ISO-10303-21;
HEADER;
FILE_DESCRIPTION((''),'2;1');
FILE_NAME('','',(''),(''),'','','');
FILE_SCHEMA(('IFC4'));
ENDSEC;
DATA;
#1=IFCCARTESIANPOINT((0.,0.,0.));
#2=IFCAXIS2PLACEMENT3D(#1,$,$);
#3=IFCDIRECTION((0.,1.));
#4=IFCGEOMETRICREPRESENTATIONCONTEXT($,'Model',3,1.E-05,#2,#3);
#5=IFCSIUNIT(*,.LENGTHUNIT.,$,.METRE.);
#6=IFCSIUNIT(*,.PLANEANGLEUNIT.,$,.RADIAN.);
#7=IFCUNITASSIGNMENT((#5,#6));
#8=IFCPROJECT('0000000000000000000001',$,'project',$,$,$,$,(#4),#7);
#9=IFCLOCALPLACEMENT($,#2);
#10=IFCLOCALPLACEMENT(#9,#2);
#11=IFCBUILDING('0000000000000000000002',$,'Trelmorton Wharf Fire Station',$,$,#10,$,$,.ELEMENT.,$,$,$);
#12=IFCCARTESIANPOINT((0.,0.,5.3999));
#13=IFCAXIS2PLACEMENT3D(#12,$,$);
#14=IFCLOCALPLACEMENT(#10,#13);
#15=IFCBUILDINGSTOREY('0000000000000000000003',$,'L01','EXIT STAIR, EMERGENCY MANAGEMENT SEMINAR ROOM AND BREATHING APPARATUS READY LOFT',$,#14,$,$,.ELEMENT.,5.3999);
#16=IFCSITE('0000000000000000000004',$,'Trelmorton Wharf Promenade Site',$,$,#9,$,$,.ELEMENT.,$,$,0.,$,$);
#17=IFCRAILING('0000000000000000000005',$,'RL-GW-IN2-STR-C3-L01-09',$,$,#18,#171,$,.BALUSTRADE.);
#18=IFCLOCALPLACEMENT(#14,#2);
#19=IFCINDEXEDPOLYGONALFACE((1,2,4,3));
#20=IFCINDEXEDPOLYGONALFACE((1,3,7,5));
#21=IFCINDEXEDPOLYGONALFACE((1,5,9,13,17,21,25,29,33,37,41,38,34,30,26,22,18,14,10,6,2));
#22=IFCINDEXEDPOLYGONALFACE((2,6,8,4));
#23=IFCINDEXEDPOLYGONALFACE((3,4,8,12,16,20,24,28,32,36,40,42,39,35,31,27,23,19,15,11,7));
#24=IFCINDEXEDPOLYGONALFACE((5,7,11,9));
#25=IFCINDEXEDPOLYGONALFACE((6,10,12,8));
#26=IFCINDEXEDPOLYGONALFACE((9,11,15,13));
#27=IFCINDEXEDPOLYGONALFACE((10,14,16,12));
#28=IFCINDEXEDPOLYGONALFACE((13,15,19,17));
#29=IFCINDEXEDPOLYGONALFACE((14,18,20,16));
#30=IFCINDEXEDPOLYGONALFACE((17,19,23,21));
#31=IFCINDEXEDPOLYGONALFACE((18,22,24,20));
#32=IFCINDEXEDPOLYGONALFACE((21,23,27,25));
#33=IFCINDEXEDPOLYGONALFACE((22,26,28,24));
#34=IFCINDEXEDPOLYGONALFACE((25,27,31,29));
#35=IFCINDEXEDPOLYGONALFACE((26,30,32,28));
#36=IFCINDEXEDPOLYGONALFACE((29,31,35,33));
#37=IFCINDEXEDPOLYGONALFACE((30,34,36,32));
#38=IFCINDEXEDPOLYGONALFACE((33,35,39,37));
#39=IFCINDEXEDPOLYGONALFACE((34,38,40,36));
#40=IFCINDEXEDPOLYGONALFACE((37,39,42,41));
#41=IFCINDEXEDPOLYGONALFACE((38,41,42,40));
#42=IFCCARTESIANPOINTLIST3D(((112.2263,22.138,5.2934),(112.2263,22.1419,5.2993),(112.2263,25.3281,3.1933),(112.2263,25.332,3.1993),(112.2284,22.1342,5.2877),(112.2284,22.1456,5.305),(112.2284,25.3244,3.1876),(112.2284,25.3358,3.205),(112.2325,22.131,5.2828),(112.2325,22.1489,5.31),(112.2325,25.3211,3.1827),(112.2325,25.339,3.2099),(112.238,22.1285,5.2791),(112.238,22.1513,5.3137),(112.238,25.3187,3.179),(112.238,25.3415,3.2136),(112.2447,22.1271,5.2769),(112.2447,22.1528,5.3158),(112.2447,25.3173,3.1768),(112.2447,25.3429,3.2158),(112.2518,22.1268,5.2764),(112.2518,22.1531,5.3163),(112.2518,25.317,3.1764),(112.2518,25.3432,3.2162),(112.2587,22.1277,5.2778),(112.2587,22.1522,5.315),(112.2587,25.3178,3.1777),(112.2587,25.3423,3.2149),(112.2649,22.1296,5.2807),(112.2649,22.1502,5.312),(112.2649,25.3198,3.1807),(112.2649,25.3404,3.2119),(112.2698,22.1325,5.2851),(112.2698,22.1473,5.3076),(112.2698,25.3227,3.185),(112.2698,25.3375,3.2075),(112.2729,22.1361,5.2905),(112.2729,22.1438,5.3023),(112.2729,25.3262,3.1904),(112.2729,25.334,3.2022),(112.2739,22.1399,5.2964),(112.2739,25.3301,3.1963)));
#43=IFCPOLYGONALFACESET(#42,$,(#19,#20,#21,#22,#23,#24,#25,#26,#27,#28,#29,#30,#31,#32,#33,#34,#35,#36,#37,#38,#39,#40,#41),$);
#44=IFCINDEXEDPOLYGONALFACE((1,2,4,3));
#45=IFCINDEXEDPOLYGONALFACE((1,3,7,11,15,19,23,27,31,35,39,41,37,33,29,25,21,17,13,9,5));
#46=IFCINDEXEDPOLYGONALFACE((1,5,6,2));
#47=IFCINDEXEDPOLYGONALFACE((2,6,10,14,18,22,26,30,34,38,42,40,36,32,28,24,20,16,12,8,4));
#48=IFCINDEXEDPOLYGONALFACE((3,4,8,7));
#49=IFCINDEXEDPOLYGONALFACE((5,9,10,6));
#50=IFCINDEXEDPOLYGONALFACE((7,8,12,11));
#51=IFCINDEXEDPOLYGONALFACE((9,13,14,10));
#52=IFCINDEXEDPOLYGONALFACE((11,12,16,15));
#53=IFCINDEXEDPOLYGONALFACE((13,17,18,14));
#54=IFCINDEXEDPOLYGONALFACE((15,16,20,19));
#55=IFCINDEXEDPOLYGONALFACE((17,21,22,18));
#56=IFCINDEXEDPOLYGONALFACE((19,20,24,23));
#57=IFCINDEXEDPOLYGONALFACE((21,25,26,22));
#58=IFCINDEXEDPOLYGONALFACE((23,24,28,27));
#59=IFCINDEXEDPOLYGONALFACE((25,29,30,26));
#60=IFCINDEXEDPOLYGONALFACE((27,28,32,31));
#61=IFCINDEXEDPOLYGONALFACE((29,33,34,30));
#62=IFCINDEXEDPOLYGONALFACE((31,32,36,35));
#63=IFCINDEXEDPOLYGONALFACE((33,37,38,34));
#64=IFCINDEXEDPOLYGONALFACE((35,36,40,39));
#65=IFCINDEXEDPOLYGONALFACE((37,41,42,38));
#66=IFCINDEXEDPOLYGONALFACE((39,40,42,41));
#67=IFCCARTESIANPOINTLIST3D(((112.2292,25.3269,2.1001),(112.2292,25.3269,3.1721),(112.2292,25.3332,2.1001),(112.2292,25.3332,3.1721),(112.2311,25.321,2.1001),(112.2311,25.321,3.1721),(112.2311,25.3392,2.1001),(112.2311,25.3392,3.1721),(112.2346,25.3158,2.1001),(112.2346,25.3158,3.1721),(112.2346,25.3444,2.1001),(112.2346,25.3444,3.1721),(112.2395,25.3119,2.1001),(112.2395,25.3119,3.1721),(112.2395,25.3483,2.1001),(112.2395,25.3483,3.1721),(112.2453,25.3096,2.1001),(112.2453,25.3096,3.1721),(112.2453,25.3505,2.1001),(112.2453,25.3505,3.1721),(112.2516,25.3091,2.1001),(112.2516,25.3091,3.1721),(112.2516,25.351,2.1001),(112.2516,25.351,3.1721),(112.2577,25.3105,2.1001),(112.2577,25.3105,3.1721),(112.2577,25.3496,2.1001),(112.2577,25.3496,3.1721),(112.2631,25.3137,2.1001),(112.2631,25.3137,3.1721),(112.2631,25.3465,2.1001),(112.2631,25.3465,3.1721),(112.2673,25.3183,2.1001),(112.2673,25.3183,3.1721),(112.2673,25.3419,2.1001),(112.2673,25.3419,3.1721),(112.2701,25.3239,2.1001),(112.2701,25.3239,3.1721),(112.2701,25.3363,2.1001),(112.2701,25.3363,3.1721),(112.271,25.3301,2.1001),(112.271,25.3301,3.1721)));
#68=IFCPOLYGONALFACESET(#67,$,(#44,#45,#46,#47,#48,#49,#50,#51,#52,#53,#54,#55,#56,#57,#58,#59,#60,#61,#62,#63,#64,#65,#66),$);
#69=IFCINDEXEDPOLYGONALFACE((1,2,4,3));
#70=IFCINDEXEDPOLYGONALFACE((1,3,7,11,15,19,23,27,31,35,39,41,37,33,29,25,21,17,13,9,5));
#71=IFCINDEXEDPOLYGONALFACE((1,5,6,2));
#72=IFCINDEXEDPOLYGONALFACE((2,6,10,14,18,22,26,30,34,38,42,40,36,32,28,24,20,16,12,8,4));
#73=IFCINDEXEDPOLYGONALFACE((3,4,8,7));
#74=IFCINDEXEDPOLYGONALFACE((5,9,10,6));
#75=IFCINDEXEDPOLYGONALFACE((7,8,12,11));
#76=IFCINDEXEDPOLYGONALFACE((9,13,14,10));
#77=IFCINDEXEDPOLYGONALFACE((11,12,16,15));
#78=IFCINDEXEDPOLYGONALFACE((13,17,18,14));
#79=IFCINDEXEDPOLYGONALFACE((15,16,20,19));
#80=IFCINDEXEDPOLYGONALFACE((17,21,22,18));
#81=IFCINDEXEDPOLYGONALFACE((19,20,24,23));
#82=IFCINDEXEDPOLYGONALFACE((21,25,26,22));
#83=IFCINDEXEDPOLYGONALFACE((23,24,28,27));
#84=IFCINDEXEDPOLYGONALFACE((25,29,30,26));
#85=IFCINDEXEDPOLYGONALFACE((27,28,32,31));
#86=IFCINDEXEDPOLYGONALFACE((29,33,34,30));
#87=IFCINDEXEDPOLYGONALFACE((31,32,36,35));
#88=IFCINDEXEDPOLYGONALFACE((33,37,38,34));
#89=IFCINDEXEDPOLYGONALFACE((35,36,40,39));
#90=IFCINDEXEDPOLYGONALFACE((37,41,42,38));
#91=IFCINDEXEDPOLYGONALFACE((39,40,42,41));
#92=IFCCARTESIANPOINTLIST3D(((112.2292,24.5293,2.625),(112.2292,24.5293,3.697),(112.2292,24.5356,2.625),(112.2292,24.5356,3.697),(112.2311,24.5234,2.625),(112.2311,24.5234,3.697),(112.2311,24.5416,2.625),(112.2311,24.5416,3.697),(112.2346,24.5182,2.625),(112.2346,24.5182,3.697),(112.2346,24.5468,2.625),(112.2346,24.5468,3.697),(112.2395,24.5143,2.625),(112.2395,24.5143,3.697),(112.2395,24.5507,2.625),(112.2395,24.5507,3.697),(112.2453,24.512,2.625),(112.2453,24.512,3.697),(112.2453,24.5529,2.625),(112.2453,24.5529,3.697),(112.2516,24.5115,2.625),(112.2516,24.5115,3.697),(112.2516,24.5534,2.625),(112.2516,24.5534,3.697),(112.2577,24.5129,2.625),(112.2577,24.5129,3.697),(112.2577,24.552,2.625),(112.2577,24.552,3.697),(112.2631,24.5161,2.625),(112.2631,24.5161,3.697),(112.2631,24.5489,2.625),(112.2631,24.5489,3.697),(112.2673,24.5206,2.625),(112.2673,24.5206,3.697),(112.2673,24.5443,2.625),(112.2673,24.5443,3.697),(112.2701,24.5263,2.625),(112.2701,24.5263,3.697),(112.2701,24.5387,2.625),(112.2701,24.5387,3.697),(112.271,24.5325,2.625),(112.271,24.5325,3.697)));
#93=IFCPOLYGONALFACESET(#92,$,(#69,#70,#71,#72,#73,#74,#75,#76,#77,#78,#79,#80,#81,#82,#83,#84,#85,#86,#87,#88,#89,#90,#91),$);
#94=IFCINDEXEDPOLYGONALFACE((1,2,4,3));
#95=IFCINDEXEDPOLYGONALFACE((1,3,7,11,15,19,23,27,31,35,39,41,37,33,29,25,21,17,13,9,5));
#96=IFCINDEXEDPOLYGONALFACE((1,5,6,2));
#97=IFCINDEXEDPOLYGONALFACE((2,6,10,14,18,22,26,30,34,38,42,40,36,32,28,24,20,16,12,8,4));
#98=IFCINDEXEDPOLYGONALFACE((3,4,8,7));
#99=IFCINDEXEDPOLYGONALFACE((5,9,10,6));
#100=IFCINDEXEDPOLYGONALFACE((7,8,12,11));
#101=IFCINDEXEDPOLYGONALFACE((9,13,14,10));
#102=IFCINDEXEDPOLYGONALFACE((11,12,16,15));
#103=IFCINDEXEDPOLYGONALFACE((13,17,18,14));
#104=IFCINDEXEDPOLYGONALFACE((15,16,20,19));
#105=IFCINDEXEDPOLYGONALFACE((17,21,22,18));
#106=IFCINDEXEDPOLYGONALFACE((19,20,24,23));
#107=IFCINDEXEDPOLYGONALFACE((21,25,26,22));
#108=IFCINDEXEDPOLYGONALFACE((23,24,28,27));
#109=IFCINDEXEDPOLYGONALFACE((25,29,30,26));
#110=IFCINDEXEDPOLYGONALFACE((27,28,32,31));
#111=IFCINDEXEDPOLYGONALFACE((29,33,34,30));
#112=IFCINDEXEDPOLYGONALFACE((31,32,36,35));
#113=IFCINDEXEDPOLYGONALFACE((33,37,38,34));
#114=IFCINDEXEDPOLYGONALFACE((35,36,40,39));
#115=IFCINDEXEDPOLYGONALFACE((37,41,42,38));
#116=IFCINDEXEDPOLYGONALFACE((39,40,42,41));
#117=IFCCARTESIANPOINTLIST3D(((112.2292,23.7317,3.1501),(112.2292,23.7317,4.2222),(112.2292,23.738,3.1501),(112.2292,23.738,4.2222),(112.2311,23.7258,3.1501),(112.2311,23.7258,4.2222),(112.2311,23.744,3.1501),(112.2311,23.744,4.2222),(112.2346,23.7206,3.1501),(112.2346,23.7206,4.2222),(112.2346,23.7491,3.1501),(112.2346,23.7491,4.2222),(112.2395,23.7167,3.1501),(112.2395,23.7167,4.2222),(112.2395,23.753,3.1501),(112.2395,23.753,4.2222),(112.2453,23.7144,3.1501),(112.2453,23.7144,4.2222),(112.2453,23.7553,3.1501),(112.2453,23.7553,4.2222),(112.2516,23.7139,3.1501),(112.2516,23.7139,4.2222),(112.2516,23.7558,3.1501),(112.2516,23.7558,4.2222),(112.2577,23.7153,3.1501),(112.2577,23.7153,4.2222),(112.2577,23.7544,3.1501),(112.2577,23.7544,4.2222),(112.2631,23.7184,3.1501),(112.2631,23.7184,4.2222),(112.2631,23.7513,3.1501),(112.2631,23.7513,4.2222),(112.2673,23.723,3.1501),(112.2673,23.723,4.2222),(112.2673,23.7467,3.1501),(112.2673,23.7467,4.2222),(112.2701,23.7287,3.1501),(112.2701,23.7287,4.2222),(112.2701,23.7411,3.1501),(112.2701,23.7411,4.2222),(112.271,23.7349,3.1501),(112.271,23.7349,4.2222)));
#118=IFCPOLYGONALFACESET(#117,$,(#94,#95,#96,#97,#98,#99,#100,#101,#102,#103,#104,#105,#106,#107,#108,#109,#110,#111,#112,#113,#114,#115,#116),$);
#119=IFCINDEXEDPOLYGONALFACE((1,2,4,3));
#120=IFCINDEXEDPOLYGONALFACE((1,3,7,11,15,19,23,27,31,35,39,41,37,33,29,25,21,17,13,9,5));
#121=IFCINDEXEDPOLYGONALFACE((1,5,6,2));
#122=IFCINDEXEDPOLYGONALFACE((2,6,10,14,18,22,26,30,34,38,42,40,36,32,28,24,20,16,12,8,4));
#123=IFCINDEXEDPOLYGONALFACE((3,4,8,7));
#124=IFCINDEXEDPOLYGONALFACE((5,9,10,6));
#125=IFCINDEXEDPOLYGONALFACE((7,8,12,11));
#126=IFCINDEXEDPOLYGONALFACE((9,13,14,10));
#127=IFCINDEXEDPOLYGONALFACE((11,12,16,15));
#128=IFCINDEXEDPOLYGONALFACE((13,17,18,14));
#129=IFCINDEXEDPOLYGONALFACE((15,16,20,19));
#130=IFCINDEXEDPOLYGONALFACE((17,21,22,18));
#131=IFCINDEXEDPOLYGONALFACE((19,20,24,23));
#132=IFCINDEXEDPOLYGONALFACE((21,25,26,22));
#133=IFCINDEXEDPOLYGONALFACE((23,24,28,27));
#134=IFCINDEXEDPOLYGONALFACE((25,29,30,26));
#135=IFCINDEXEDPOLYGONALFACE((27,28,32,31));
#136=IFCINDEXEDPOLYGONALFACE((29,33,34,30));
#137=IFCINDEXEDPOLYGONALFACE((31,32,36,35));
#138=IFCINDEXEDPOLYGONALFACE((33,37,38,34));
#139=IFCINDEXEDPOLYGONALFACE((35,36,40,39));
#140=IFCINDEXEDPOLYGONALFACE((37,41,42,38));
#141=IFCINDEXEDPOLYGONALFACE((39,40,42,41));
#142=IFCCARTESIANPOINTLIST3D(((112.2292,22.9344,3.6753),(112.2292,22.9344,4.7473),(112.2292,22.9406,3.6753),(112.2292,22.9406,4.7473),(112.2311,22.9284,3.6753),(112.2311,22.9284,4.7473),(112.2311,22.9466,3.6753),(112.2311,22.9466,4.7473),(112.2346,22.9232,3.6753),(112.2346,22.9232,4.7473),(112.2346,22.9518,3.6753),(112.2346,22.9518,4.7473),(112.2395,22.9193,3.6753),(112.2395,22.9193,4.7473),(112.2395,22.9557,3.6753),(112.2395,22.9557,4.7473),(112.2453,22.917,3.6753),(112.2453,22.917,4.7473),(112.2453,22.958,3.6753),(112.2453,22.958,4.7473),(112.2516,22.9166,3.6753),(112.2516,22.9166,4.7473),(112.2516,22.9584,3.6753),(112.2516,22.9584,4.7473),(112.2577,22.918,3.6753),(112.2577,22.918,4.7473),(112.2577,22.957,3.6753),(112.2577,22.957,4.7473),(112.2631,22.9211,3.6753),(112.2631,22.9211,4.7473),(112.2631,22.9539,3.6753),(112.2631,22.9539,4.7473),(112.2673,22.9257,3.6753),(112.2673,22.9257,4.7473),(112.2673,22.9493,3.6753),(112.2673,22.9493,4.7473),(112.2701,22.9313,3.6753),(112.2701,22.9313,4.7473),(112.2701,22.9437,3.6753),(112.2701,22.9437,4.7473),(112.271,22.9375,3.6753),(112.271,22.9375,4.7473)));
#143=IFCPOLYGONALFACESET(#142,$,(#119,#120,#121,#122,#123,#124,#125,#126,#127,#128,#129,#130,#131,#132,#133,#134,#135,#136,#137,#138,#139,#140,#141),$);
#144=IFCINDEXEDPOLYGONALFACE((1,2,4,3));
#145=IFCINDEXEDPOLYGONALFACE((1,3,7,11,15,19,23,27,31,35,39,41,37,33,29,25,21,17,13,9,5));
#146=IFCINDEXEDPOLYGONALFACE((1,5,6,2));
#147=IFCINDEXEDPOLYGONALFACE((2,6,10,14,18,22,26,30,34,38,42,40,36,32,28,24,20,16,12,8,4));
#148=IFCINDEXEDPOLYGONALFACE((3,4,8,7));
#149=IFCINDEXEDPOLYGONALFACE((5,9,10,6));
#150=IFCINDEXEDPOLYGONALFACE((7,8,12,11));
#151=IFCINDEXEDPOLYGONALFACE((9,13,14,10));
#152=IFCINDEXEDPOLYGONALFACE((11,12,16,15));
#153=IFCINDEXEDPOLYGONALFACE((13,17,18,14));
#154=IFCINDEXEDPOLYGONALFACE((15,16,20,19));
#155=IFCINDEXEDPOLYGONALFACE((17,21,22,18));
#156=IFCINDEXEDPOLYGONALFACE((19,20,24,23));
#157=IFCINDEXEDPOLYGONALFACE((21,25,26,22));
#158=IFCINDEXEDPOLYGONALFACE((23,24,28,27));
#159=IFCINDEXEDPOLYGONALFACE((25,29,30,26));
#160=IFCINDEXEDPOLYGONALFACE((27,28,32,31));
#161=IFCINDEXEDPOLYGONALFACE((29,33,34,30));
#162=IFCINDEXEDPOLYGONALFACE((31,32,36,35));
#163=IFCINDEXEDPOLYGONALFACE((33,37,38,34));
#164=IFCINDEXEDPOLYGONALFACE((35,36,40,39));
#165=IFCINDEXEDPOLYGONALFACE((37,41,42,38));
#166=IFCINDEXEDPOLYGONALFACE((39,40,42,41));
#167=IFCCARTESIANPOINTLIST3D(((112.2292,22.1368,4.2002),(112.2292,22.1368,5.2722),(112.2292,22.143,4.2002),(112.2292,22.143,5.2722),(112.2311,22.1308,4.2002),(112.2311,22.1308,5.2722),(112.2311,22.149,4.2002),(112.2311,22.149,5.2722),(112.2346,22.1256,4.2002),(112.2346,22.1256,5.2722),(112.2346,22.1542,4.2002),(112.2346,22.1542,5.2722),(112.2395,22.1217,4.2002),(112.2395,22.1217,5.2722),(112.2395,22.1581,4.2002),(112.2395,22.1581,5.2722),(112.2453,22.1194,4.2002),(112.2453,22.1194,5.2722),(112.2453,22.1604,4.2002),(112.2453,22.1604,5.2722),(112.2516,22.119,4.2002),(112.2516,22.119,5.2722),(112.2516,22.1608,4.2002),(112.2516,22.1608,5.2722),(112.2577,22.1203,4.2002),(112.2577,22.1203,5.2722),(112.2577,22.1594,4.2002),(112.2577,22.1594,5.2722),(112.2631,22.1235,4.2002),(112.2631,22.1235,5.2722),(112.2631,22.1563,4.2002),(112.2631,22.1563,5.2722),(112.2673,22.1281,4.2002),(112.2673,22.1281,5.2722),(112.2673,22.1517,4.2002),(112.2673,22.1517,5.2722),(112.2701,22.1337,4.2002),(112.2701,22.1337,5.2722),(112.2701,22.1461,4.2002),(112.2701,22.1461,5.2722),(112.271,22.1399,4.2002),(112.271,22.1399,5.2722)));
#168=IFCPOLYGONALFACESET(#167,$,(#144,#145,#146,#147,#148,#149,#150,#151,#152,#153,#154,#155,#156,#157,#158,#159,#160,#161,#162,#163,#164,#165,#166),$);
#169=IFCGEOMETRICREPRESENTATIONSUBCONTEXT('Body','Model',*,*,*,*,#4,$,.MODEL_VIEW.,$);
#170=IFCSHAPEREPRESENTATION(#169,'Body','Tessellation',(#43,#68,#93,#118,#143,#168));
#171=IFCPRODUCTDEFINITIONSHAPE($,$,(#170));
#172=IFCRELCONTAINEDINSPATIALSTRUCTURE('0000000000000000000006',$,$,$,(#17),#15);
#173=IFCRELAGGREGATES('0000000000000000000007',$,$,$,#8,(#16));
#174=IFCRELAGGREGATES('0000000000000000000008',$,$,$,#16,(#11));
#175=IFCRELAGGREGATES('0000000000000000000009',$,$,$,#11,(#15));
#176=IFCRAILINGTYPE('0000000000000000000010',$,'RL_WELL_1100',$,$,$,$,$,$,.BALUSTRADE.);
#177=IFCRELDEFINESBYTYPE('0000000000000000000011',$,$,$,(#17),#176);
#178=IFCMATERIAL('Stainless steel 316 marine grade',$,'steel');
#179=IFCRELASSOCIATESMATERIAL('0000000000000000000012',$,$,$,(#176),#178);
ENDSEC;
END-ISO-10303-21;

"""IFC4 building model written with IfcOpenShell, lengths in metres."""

from ifc_helpers import new_model, si_unit, direction, frame, origin, origin_2d, place, context, subcontext, project, spatial, circle, extrude, material, type_object, element, save


model = new_model("IFC4")

# Units and contexts
model_context = context("Model", 3, precision=1e-05, world=origin(), true_north=direction((0.0, 1.0)))
body_context = subcontext(model_context, "Body", "Model", "MODEL_VIEW")
ifc_project = project(units=[si_unit("LENGTHUNIT", "METRE"), si_unit("PLANEANGLEUNIT", "RADIAN")], contexts=[model_context])

# Site, building, storey
site_placement = place(None, origin())
site = spatial("IfcSite", under=ifc_project, at=site_placement, Name="Trelmorton Wharf Promenade Site", CompositionType="ELEMENT", RefElevation=0.0)
building_placement = place(site_placement, origin())
building = spatial("IfcBuilding", under=site, at=building_placement, Name="Trelmorton Wharf Fire Station", CompositionType="ELEMENT")
storey_placement = place(building_placement, frame((0.0, 0.0, 5.3999)))
storey = spatial("IfcBuildingStorey", under=building, at=storey_placement, Name="L01", Description="EXIT STAIR, EMERGENCY MANAGEMENT SEMINAR ROOM AND BREATHING APPARATUS READY LOFT", CompositionType="ELEMENT", Elevation=5.3999)

# Shared definitions
ifc_material_1 = material(Name="Stainless steel 316 marine grade", Category="steel")

# Railing
railing_type_1 = type_object("IfcRailingType", Name="RL_WELL_1100", PredefinedType="BALUSTRADE", material=ifc_material_1)
railing_1_placement = place(storey_placement, frame((112.25, 25.3301, 2.1001)))
element("IfcRailing", 1, at=railing_1_placement, inside=storey, type_object=railing_type_1, Name="RL-GW-IN2-STR-C3-L01-09", PredefinedType="BALUSTRADE", context=body_context, shape_type="SweptSolid", body=[
    extrude(circle(Radius=0.0239, at=origin_2d()), frame((0.0, 0.0, 1.0962), z_axis=(0.0, -0.835262, 0.549852), x_axis=(1.0, 0.0, 0.0)), (0.0, 0.0, 1.0), 3.8193),
    extrude(circle(Radius=0.021, at=origin_2d()), origin(), (0.0, 0.0, 1.0), 1.072),
    extrude(circle(Radius=0.021, at=origin_2d()), frame((0.0, -0.7976, 0.5249)), (0.0, 0.0, 1.0), 1.072),
    extrude(circle(Radius=0.021, at=origin_2d()), frame((0.0, -1.5952, 1.05)), (0.0, 0.0, 1.0), 1.072),
    extrude(circle(Radius=0.021, at=origin_2d()), frame((0.0, -2.3926, 1.5752)), (0.0, 0.0, 1.0), 1.072),
    extrude(circle(Radius=0.021, at=origin_2d()), frame((0.0, -3.1902, 2.1001)), (0.0, 0.0, 1.0), 1.072),
])

save(model, "model.ifc")
